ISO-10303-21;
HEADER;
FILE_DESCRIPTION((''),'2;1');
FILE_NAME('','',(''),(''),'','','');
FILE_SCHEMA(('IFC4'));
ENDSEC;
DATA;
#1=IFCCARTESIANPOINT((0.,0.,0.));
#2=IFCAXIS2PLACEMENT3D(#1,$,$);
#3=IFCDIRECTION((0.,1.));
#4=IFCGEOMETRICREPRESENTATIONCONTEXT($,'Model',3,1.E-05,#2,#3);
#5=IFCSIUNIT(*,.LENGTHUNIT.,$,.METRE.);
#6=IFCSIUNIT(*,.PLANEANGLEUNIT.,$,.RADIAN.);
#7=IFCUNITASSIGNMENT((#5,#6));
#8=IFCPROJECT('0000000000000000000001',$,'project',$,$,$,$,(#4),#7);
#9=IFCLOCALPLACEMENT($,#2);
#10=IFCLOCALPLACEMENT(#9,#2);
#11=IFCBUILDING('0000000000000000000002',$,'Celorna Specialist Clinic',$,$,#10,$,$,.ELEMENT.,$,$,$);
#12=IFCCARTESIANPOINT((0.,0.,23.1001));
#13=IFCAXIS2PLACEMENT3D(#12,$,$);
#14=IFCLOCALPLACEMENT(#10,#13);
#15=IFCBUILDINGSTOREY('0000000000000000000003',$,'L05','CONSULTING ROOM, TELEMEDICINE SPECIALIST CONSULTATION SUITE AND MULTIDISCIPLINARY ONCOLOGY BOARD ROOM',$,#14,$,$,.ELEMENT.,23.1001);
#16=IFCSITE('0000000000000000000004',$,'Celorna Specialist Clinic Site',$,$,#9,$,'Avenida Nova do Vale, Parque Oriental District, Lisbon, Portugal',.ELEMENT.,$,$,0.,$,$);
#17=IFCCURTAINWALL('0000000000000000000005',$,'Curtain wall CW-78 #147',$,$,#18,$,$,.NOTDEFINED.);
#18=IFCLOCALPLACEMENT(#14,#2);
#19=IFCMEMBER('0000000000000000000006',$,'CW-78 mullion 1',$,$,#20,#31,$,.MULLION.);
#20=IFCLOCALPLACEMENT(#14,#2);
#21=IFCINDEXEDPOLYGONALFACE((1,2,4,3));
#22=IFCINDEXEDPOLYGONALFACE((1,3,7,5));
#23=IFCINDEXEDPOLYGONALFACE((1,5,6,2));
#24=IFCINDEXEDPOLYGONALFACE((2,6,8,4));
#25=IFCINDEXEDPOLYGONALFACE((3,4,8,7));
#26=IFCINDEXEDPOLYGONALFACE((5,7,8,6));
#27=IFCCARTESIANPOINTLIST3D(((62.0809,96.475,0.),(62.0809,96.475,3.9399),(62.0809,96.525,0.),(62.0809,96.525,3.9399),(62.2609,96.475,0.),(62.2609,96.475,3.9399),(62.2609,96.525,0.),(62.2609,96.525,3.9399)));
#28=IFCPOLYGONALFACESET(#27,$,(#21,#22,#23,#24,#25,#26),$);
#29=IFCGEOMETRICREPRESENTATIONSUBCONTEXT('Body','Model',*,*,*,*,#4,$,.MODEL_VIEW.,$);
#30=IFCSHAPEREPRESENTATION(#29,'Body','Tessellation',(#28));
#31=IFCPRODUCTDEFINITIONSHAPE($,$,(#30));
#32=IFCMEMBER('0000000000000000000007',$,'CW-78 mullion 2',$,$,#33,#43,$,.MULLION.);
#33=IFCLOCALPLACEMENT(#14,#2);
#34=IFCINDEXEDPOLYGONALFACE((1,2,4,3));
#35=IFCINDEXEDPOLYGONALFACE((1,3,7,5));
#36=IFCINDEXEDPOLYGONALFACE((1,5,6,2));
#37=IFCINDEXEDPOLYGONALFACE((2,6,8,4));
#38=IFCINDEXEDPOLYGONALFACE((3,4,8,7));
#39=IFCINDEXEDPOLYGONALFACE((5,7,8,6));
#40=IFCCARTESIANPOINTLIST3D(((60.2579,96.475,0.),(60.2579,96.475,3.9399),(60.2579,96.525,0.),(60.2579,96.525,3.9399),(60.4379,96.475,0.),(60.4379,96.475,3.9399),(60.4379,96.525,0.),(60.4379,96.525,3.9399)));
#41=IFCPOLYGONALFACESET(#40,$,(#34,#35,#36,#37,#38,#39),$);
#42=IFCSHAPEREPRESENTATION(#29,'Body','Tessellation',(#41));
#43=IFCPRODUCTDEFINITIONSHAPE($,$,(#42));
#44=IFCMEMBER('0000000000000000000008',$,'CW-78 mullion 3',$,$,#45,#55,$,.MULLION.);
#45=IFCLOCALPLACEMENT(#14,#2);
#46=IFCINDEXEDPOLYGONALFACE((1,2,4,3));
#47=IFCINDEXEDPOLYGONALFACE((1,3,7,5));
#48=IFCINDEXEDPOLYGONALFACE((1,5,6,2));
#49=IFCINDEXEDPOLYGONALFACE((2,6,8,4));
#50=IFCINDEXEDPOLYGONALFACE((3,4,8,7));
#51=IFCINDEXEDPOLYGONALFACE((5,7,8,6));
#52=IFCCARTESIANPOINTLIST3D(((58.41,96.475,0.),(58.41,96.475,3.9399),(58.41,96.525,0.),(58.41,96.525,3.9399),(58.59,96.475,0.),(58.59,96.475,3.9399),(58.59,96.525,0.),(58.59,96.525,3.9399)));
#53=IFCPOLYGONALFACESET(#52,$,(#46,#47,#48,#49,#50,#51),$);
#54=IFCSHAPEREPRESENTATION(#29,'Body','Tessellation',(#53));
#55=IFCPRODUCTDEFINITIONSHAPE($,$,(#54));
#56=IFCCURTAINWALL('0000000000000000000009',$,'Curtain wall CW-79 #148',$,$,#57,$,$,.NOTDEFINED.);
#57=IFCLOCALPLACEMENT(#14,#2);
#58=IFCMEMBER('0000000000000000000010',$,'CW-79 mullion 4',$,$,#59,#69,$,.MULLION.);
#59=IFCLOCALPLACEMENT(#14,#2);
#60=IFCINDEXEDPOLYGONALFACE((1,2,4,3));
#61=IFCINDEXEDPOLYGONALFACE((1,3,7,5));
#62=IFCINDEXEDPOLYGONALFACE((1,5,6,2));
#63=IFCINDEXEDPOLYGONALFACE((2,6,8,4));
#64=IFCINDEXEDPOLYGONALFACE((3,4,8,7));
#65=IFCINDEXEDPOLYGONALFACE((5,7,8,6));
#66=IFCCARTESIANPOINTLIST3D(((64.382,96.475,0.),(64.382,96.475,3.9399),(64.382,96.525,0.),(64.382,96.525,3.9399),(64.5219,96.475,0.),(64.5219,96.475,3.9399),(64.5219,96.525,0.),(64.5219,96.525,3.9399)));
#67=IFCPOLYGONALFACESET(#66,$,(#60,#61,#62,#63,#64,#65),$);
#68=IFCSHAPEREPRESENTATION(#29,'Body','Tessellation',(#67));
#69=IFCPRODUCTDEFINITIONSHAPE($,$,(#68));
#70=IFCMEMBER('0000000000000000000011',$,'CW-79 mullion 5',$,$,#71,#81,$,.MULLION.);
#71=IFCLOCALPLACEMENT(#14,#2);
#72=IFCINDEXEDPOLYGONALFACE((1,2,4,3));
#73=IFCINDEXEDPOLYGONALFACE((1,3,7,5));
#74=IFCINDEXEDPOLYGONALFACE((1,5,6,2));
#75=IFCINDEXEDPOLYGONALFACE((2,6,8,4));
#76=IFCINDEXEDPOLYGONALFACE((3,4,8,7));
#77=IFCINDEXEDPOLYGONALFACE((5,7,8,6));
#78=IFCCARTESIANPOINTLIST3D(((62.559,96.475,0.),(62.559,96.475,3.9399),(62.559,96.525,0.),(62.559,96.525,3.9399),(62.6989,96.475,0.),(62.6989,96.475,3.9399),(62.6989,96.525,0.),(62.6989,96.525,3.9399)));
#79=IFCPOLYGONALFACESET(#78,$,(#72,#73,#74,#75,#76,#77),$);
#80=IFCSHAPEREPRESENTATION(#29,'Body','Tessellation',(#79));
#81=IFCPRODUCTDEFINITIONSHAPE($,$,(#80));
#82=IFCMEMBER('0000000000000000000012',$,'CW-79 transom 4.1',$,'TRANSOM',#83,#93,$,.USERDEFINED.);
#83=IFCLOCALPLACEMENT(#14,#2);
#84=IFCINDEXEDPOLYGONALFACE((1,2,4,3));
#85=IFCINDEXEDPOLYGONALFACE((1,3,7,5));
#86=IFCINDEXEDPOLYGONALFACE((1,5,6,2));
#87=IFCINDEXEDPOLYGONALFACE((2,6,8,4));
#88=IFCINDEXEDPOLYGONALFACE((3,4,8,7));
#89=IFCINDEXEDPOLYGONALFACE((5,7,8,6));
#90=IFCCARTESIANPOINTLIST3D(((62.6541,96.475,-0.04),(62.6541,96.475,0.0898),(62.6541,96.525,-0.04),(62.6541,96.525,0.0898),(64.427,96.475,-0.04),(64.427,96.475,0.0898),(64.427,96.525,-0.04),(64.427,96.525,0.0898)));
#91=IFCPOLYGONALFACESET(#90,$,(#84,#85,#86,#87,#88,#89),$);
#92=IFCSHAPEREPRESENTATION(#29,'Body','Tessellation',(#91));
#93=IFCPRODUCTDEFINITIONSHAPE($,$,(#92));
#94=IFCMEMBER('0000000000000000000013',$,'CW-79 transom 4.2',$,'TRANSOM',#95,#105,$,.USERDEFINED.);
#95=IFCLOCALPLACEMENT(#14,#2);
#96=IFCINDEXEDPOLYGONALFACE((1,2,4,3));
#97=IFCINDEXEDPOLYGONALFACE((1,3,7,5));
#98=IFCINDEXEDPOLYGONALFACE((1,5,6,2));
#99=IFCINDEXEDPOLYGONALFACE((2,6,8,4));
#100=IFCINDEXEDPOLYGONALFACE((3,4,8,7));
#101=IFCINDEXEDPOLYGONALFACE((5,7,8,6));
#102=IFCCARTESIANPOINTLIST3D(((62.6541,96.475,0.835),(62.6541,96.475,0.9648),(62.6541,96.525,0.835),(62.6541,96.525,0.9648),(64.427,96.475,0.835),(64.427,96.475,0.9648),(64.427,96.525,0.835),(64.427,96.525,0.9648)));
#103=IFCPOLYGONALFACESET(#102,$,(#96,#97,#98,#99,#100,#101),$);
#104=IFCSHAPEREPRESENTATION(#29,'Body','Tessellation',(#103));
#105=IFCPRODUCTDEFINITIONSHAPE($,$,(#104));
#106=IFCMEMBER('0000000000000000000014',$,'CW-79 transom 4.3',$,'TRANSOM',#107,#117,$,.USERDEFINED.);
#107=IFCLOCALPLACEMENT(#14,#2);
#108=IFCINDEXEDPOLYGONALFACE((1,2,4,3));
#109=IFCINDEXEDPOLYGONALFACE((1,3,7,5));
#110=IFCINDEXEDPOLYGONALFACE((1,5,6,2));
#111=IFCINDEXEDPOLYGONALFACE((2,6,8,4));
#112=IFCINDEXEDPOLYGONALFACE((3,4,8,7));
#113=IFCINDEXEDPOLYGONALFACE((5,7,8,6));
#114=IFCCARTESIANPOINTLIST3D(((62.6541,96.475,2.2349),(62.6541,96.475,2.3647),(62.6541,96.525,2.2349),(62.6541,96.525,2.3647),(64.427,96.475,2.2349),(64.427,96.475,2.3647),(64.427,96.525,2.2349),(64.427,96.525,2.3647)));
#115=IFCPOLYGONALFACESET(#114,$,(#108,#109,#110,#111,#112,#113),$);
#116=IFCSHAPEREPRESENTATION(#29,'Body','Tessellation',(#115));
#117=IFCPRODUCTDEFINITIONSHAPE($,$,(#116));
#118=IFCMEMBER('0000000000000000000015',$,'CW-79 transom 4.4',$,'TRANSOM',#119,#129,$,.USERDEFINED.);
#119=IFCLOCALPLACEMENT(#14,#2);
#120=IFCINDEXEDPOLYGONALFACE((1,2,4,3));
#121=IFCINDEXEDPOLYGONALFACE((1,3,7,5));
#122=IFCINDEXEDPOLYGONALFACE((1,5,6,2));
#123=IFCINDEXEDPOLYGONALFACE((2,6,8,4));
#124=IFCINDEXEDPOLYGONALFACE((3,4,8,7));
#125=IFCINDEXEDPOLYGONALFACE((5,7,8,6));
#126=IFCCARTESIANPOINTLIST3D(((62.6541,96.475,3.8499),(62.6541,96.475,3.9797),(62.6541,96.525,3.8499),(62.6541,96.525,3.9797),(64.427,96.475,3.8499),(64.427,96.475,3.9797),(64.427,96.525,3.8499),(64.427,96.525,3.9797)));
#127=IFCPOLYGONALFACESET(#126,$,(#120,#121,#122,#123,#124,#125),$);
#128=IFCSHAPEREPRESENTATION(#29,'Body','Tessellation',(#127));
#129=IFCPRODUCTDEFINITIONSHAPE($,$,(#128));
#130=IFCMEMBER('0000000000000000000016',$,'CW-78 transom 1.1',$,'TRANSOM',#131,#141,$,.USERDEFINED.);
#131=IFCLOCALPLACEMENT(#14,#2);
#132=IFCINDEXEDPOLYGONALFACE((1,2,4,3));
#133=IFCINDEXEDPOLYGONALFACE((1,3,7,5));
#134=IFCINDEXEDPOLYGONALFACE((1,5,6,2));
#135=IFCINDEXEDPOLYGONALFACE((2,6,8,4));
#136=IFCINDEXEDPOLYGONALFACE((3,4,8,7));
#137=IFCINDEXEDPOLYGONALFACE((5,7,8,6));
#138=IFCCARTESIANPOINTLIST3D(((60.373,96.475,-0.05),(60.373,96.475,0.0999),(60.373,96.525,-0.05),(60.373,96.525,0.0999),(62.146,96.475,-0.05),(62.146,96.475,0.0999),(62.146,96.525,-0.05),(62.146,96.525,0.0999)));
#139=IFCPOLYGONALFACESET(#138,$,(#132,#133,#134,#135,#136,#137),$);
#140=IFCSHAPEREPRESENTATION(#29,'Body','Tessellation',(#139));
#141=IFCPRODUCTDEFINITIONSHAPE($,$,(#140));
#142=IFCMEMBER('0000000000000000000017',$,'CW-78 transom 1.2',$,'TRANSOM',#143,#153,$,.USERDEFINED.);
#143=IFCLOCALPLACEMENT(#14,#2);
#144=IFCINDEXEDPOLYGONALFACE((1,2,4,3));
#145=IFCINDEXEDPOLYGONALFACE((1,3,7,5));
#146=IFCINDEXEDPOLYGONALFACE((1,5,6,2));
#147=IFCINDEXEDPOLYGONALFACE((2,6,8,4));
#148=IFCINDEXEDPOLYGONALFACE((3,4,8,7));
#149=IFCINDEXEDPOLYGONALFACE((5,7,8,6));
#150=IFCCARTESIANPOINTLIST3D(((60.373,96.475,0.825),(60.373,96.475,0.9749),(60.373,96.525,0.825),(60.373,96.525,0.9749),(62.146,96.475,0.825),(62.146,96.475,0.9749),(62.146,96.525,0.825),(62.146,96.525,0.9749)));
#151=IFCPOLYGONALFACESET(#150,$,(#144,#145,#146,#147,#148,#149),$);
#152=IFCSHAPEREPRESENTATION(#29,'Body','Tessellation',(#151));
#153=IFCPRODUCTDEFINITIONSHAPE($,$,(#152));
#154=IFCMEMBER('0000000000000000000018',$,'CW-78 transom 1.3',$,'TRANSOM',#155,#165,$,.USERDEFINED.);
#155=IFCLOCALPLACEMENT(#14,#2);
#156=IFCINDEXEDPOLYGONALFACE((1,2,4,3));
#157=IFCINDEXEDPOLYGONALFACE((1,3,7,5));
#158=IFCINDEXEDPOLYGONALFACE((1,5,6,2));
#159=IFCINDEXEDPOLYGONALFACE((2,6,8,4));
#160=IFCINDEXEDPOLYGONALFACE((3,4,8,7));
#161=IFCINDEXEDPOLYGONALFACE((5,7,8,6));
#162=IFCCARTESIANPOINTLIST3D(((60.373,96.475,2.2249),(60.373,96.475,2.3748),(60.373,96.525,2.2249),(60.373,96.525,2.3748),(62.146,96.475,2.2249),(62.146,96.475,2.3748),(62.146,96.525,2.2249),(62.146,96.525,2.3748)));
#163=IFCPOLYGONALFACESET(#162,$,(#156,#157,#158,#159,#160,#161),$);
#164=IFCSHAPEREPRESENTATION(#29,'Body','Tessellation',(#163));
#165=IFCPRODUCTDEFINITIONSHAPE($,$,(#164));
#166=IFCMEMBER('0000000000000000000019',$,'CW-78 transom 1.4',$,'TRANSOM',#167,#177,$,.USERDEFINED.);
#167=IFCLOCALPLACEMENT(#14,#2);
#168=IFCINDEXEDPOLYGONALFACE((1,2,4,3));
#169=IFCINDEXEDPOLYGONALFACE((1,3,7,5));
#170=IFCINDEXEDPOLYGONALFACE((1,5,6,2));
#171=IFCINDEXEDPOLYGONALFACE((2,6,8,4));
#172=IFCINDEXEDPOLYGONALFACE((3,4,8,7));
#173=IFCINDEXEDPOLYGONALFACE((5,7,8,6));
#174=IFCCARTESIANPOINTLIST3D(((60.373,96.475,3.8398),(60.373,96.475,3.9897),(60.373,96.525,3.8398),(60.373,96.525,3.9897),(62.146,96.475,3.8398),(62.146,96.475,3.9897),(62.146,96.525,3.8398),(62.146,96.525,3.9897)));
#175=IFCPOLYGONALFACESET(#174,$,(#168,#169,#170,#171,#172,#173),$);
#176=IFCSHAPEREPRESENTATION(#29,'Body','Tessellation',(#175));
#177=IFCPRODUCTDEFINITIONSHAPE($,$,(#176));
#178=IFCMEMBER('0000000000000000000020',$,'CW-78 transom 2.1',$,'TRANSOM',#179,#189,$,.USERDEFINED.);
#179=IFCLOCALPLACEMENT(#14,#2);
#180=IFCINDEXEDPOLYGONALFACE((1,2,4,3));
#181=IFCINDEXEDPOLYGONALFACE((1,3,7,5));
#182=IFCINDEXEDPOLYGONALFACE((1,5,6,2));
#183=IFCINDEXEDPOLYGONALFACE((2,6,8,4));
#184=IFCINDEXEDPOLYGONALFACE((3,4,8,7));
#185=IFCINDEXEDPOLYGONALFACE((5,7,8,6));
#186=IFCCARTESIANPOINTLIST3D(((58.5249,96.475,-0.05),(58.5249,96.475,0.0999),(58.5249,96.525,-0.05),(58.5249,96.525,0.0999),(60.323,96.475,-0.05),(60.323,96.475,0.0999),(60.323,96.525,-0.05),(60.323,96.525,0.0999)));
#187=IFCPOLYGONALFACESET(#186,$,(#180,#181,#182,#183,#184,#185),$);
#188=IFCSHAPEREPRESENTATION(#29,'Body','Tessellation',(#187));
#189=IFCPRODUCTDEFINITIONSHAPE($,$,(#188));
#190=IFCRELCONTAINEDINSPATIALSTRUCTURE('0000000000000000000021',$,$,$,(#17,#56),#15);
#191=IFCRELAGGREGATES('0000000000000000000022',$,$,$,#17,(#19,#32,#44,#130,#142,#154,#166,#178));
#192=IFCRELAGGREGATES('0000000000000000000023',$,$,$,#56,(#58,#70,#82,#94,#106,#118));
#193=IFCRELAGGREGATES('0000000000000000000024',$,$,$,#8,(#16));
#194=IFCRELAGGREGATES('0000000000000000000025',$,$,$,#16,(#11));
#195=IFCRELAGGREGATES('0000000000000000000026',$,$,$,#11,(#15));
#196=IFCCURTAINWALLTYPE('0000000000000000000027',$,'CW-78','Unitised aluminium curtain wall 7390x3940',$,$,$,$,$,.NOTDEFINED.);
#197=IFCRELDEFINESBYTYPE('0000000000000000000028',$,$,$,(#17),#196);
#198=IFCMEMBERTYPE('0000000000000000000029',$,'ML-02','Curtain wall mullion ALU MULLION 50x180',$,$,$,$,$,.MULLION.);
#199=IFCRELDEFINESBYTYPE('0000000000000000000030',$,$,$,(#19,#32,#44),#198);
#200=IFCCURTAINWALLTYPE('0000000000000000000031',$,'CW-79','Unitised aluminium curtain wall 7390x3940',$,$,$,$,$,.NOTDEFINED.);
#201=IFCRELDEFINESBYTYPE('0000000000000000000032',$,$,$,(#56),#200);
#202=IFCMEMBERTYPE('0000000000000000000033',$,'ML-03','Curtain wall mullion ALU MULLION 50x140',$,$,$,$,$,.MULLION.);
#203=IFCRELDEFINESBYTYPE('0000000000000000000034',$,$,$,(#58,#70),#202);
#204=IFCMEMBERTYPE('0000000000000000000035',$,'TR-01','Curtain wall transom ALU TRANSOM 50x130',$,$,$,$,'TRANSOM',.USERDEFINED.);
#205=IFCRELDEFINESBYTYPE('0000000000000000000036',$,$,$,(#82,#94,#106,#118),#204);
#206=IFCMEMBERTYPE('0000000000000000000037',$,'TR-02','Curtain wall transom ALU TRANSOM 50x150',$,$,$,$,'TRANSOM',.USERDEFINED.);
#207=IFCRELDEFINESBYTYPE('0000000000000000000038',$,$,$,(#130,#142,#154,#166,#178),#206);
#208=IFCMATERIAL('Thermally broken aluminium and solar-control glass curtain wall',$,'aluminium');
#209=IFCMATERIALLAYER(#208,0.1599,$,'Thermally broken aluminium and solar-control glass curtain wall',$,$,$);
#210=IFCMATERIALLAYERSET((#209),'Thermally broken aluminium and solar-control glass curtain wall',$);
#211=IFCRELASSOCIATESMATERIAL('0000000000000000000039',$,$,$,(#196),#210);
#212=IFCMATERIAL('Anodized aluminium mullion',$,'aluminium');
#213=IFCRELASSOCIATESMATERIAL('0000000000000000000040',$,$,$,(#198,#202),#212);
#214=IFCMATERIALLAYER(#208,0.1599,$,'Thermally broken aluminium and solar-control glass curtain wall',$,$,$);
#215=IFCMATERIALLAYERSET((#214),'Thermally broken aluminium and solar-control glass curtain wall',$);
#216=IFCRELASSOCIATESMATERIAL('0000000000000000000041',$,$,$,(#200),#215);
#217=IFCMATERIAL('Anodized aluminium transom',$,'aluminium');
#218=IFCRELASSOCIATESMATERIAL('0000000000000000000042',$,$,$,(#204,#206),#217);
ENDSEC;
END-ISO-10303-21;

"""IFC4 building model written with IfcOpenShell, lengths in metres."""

from ifc_helpers import new_model, si_unit, direction, frame, origin, origin_2d, place, context, subcontext, project, spatial, rectangle, extrude, material, layer, layer_set, material_profile, profile_set, type_object, element, aggregate, save


model = new_model("IFC4")

# Units and contexts
model_context = context("Model", 3, precision=1e-05, world=origin(), true_north=direction((0.0, 1.0)))
body_context = subcontext(model_context, "Body", "Model", "MODEL_VIEW")
ifc_project = project(units=[si_unit("LENGTHUNIT", "METRE"), si_unit("PLANEANGLEUNIT", "RADIAN")], contexts=[model_context])

# Site, building, storey
site_placement = place(None, origin())
site = spatial("IfcSite", under=ifc_project, at=site_placement, Name="Celorna Specialist Clinic Site", LongName="Avenida Nova do Vale, Parque Oriental District, Lisbon, Portugal", CompositionType="ELEMENT", RefElevation=0.0)
building_placement = place(site_placement, origin())
building = spatial("IfcBuilding", under=site, at=building_placement, Name="Celorna Specialist Clinic", CompositionType="ELEMENT")
storey_placement = place(building_placement, frame((0.0, 0.0, 23.1001)))
storey = spatial("IfcBuildingStorey", under=building, at=storey_placement, Name="L05", Description="CONSULTING ROOM, TELEMEDICINE SPECIALIST CONSULTATION SUITE AND MULTIDISCIPLINARY ONCOLOGY BOARD ROOM", CompositionType="ELEMENT", Elevation=23.1001)

# Curtain walls, members
ifc_material_1 = material(Name="Thermally broken aluminium and solar-control glass curtain wall", Category="aluminium")
ifc_layer_1 = layer(ifc_material_1, 0.1599, Name="Thermally broken aluminium and solar-control glass curtain wall")
ifc_layer_set_1 = layer_set([ifc_layer_1], Name="Thermally broken aluminium and solar-control glass curtain wall")
curtain_wall_type_1 = type_object("IfcCurtainWallType", Name="CW-78", Description="Unitised aluminium curtain wall 7390x3940", PredefinedType="NOTDEFINED", material=ifc_layer_set_1)
curtain_wall_1_placement = place(storey_placement, origin())
curtain_wall_1 = element("IfcCurtainWall", 1, at=curtain_wall_1_placement, inside=storey, type_object=curtain_wall_type_1, Name="Curtain wall CW-78 #147", PredefinedType="NOTDEFINED")
ifc_material_2 = material(Name="Anodized aluminium mullion", Category="aluminium")
ifc_material_profile_1 = material_profile(ifc_material_2, rectangle(XDim=0.05, YDim=0.1799, at=origin_2d()), Name="ALU MULLION 50x180")
ifc_profile_set_1 = profile_set([ifc_material_profile_1], Name="Anodized aluminium mullion")
member_type_1 = type_object("IfcMemberType", Name="ML-02", Description="Curtain wall mullion ALU MULLION 50x180", PredefinedType="MULLION", material=ifc_profile_set_1)
member_1_placement = place(storey_placement, frame((62.1709, 96.5, 0.0), z_axis=(0.0, 0.0, 1.0), x_axis=(0.0, -1.0, 0.0)))
member_1 = element("IfcMember", 2, at=member_1_placement, type_object=member_type_1, Name="CW-78 mullion 1", PredefinedType="MULLION", context=body_context, shape_type="SweptSolid", body=[
    extrude(rectangle(XDim=0.05, YDim=0.1799, at=origin_2d()), origin(), (0.0, 0.0, 1.0), 3.9399),
])
member_2_placement = place(storey_placement, frame((60.3479, 96.5, 0.0), z_axis=(0.0, 0.0, 1.0), x_axis=(0.0, -1.0, 0.0)))
member_2 = element("IfcMember", 3, at=member_2_placement, type_object=member_type_1, Name="CW-78 mullion 2", PredefinedType="MULLION", context=body_context, shape_type="SweptSolid", body=[
    extrude(rectangle(XDim=0.05, YDim=0.1799, at=origin_2d()), origin(), (0.0, 0.0, 1.0), 3.9399),
])
member_3_placement = place(storey_placement, frame((58.5, 96.5, 0.0), z_axis=(0.0, 0.0, 1.0), x_axis=(0.0, -1.0, 0.0)))
member_3 = element("IfcMember", 4, at=member_3_placement, type_object=member_type_1, Name="CW-78 mullion 3", PredefinedType="MULLION", context=body_context, shape_type="SweptSolid", body=[
    extrude(rectangle(XDim=0.05, YDim=0.1799, at=origin_2d()), origin(), (0.0, 0.0, 1.0), 3.9399),
])
ifc_layer_2 = layer(ifc_material_1, 0.1599, Name="Thermally broken aluminium and solar-control glass curtain wall")
ifc_layer_set_2 = layer_set([ifc_layer_2], Name="Thermally broken aluminium and solar-control glass curtain wall")
curtain_wall_type_2 = type_object("IfcCurtainWallType", Name="CW-79", Description="Unitised aluminium curtain wall 7390x3940", PredefinedType="NOTDEFINED", material=ifc_layer_set_2)
curtain_wall_2_placement = place(storey_placement, origin())
curtain_wall_2 = element("IfcCurtainWall", 5, at=curtain_wall_2_placement, inside=storey, type_object=curtain_wall_type_2, Name="Curtain wall CW-79 #148", PredefinedType="NOTDEFINED")
ifc_material_profile_2 = material_profile(ifc_material_2, rectangle(XDim=0.05, YDim=0.1399, at=origin_2d()), Name="ALU MULLION 50x140")
ifc_profile_set_2 = profile_set([ifc_material_profile_2], Name="Anodized aluminium mullion")
member_type_2 = type_object("IfcMemberType", Name="ML-03", Description="Curtain wall mullion ALU MULLION 50x140", PredefinedType="MULLION", material=ifc_profile_set_2)
member_4_placement = place(storey_placement, frame((64.4519, 96.5, 0.0), z_axis=(0.0, 0.0, 1.0), x_axis=(0.0, -1.0, 0.0)))
member_4 = element("IfcMember", 6, at=member_4_placement, type_object=member_type_2, Name="CW-79 mullion 4", PredefinedType="MULLION", context=body_context, shape_type="SweptSolid", body=[
    extrude(rectangle(XDim=0.05, YDim=0.1399, at=origin_2d()), origin(), (0.0, 0.0, 1.0), 3.9399),
])
member_5_placement = place(storey_placement, frame((62.6289, 96.5, 0.0), z_axis=(0.0, 0.0, 1.0), x_axis=(0.0, -1.0, 0.0)))
member_5 = element("IfcMember", 7, at=member_5_placement, type_object=member_type_2, Name="CW-79 mullion 5", PredefinedType="MULLION", context=body_context, shape_type="SweptSolid", body=[
    extrude(rectangle(XDim=0.05, YDim=0.1399, at=origin_2d()), origin(), (0.0, 0.0, 1.0), 3.9399),
])
ifc_material_3 = material(Name="Anodized aluminium transom", Category="aluminium")
ifc_material_profile_3 = material_profile(ifc_material_3, rectangle(XDim=0.05, YDim=0.1299, at=origin_2d()), Name="ALU TRANSOM 50x130")
ifc_profile_set_3 = profile_set([ifc_material_profile_3], Name="Anodized aluminium transom")
member_type_3 = type_object("IfcMemberType", Name="TR-01", Description="Curtain wall transom ALU TRANSOM 50x130", ElementType="TRANSOM", PredefinedType="USERDEFINED", material=ifc_profile_set_3)
member_6_placement = place(storey_placement, frame((64.427, 96.5, 0.0249), z_axis=(-1.0, 0.0, 0.0), x_axis=(0.0, -1.0, 0.0)))
member_6 = element("IfcMember", 8, at=member_6_placement, type_object=member_type_3, Name="CW-79 transom 4.1", ObjectType="TRANSOM", PredefinedType="USERDEFINED", context=body_context, shape_type="SweptSolid", body=[
    extrude(rectangle(XDim=0.05, YDim=0.1299, at=origin_2d()), origin(), (0.0, 0.0, 1.0), 1.7729),
])
member_7_placement = place(storey_placement, frame((64.427, 96.5, 0.8999), z_axis=(-1.0, 0.0, 0.0), x_axis=(0.0, -1.0, 0.0)))
member_7 = element("IfcMember", 9, at=member_7_placement, type_object=member_type_3, Name="CW-79 transom 4.2", ObjectType="TRANSOM", PredefinedType="USERDEFINED", context=body_context, shape_type="SweptSolid", body=[
    extrude(rectangle(XDim=0.05, YDim=0.1299, at=origin_2d()), origin(), (0.0, 0.0, 1.0), 1.7729),
])
member_8_placement = place(storey_placement, frame((64.427, 96.5, 2.2998), z_axis=(-1.0, 0.0, 0.0), x_axis=(0.0, -1.0, 0.0)))
member_8 = element("IfcMember", 10, at=member_8_placement, type_object=member_type_3, Name="CW-79 transom 4.3", ObjectType="TRANSOM", PredefinedType="USERDEFINED", context=body_context, shape_type="SweptSolid", body=[
    extrude(rectangle(XDim=0.05, YDim=0.1299, at=origin_2d()), origin(), (0.0, 0.0, 1.0), 1.7729),
])
member_9_placement = place(storey_placement, frame((64.427, 96.5, 3.9148), z_axis=(-1.0, 0.0, 0.0), x_axis=(0.0, -1.0, 0.0)))
member_9 = element("IfcMember", 11, at=member_9_placement, type_object=member_type_3, Name="CW-79 transom 4.4", ObjectType="TRANSOM", PredefinedType="USERDEFINED", context=body_context, shape_type="SweptSolid", body=[
    extrude(rectangle(XDim=0.05, YDim=0.1299, at=origin_2d()), origin(), (0.0, 0.0, 1.0), 1.7729),
])

# Members
ifc_material_profile_4 = material_profile(ifc_material_3, rectangle(XDim=0.05, YDim=0.1499, at=origin_2d()), Name="ALU TRANSOM 50x150")
ifc_profile_set_4 = profile_set([ifc_material_profile_4], Name="Anodized aluminium transom")
member_type_4 = type_object("IfcMemberType", Name="TR-02", Description="Curtain wall transom ALU TRANSOM 50x150", ElementType="TRANSOM", PredefinedType="USERDEFINED", material=ifc_profile_set_4)
member_10_placement = place(storey_placement, frame((62.146, 96.5, 0.0249), z_axis=(-1.0, 0.0, 0.0), x_axis=(0.0, -1.0, 0.0)))
member_10 = element("IfcMember", 12, at=member_10_placement, type_object=member_type_4, Name="CW-78 transom 1.1", ObjectType="TRANSOM", PredefinedType="USERDEFINED", context=body_context, shape_type="SweptSolid", body=[
    extrude(rectangle(XDim=0.05, YDim=0.1499, at=origin_2d()), origin(), (0.0, 0.0, 1.0), 1.7729),
])
member_11_placement = place(storey_placement, frame((62.146, 96.5, 0.8999), z_axis=(-1.0, 0.0, 0.0), x_axis=(0.0, -1.0, 0.0)))
member_11 = element("IfcMember", 13, at=member_11_placement, type_object=member_type_4, Name="CW-78 transom 1.2", ObjectType="TRANSOM", PredefinedType="USERDEFINED", context=body_context, shape_type="SweptSolid", body=[
    extrude(rectangle(XDim=0.05, YDim=0.1499, at=origin_2d()), origin(), (0.0, 0.0, 1.0), 1.7729),
])
member_12_placement = place(storey_placement, frame((62.146, 96.5, 2.2998), z_axis=(-1.0, 0.0, 0.0), x_axis=(0.0, -1.0, 0.0)))
member_12 = element("IfcMember", 14, at=member_12_placement, type_object=member_type_4, Name="CW-78 transom 1.3", ObjectType="TRANSOM", PredefinedType="USERDEFINED", context=body_context, shape_type="SweptSolid", body=[
    extrude(rectangle(XDim=0.05, YDim=0.1499, at=origin_2d()), origin(), (0.0, 0.0, 1.0), 1.7729),
])
member_13_placement = place(storey_placement, frame((62.146, 96.5, 3.9148), z_axis=(-1.0, 0.0, 0.0), x_axis=(0.0, -1.0, 0.0)))
member_13 = element("IfcMember", 15, at=member_13_placement, type_object=member_type_4, Name="CW-78 transom 1.4", ObjectType="TRANSOM", PredefinedType="USERDEFINED", context=body_context, shape_type="SweptSolid", body=[
    extrude(rectangle(XDim=0.05, YDim=0.1499, at=origin_2d()), origin(), (0.0, 0.0, 1.0), 1.7729),
])
member_14_placement = place(storey_placement, frame((60.323, 96.5, 0.0249), z_axis=(-1.0, 0.0, 0.0), x_axis=(0.0, -1.0, 0.0)))
member_14 = element("IfcMember", 16, at=member_14_placement, type_object=member_type_4, Name="CW-78 transom 2.1", ObjectType="TRANSOM", PredefinedType="USERDEFINED", context=body_context, shape_type="SweptSolid", body=[
    extrude(rectangle(XDim=0.05, YDim=0.1499, at=origin_2d()), origin(), (0.0, 0.0, 1.0), 1.7981),
])

aggregate(curtain_wall_1, [member_1, member_2, member_3, member_10, member_11, member_12, member_13, member_14])
aggregate(curtain_wall_2, [member_4, member_5, member_6, member_7, member_8, member_9])

save(model, "model.ifc")
